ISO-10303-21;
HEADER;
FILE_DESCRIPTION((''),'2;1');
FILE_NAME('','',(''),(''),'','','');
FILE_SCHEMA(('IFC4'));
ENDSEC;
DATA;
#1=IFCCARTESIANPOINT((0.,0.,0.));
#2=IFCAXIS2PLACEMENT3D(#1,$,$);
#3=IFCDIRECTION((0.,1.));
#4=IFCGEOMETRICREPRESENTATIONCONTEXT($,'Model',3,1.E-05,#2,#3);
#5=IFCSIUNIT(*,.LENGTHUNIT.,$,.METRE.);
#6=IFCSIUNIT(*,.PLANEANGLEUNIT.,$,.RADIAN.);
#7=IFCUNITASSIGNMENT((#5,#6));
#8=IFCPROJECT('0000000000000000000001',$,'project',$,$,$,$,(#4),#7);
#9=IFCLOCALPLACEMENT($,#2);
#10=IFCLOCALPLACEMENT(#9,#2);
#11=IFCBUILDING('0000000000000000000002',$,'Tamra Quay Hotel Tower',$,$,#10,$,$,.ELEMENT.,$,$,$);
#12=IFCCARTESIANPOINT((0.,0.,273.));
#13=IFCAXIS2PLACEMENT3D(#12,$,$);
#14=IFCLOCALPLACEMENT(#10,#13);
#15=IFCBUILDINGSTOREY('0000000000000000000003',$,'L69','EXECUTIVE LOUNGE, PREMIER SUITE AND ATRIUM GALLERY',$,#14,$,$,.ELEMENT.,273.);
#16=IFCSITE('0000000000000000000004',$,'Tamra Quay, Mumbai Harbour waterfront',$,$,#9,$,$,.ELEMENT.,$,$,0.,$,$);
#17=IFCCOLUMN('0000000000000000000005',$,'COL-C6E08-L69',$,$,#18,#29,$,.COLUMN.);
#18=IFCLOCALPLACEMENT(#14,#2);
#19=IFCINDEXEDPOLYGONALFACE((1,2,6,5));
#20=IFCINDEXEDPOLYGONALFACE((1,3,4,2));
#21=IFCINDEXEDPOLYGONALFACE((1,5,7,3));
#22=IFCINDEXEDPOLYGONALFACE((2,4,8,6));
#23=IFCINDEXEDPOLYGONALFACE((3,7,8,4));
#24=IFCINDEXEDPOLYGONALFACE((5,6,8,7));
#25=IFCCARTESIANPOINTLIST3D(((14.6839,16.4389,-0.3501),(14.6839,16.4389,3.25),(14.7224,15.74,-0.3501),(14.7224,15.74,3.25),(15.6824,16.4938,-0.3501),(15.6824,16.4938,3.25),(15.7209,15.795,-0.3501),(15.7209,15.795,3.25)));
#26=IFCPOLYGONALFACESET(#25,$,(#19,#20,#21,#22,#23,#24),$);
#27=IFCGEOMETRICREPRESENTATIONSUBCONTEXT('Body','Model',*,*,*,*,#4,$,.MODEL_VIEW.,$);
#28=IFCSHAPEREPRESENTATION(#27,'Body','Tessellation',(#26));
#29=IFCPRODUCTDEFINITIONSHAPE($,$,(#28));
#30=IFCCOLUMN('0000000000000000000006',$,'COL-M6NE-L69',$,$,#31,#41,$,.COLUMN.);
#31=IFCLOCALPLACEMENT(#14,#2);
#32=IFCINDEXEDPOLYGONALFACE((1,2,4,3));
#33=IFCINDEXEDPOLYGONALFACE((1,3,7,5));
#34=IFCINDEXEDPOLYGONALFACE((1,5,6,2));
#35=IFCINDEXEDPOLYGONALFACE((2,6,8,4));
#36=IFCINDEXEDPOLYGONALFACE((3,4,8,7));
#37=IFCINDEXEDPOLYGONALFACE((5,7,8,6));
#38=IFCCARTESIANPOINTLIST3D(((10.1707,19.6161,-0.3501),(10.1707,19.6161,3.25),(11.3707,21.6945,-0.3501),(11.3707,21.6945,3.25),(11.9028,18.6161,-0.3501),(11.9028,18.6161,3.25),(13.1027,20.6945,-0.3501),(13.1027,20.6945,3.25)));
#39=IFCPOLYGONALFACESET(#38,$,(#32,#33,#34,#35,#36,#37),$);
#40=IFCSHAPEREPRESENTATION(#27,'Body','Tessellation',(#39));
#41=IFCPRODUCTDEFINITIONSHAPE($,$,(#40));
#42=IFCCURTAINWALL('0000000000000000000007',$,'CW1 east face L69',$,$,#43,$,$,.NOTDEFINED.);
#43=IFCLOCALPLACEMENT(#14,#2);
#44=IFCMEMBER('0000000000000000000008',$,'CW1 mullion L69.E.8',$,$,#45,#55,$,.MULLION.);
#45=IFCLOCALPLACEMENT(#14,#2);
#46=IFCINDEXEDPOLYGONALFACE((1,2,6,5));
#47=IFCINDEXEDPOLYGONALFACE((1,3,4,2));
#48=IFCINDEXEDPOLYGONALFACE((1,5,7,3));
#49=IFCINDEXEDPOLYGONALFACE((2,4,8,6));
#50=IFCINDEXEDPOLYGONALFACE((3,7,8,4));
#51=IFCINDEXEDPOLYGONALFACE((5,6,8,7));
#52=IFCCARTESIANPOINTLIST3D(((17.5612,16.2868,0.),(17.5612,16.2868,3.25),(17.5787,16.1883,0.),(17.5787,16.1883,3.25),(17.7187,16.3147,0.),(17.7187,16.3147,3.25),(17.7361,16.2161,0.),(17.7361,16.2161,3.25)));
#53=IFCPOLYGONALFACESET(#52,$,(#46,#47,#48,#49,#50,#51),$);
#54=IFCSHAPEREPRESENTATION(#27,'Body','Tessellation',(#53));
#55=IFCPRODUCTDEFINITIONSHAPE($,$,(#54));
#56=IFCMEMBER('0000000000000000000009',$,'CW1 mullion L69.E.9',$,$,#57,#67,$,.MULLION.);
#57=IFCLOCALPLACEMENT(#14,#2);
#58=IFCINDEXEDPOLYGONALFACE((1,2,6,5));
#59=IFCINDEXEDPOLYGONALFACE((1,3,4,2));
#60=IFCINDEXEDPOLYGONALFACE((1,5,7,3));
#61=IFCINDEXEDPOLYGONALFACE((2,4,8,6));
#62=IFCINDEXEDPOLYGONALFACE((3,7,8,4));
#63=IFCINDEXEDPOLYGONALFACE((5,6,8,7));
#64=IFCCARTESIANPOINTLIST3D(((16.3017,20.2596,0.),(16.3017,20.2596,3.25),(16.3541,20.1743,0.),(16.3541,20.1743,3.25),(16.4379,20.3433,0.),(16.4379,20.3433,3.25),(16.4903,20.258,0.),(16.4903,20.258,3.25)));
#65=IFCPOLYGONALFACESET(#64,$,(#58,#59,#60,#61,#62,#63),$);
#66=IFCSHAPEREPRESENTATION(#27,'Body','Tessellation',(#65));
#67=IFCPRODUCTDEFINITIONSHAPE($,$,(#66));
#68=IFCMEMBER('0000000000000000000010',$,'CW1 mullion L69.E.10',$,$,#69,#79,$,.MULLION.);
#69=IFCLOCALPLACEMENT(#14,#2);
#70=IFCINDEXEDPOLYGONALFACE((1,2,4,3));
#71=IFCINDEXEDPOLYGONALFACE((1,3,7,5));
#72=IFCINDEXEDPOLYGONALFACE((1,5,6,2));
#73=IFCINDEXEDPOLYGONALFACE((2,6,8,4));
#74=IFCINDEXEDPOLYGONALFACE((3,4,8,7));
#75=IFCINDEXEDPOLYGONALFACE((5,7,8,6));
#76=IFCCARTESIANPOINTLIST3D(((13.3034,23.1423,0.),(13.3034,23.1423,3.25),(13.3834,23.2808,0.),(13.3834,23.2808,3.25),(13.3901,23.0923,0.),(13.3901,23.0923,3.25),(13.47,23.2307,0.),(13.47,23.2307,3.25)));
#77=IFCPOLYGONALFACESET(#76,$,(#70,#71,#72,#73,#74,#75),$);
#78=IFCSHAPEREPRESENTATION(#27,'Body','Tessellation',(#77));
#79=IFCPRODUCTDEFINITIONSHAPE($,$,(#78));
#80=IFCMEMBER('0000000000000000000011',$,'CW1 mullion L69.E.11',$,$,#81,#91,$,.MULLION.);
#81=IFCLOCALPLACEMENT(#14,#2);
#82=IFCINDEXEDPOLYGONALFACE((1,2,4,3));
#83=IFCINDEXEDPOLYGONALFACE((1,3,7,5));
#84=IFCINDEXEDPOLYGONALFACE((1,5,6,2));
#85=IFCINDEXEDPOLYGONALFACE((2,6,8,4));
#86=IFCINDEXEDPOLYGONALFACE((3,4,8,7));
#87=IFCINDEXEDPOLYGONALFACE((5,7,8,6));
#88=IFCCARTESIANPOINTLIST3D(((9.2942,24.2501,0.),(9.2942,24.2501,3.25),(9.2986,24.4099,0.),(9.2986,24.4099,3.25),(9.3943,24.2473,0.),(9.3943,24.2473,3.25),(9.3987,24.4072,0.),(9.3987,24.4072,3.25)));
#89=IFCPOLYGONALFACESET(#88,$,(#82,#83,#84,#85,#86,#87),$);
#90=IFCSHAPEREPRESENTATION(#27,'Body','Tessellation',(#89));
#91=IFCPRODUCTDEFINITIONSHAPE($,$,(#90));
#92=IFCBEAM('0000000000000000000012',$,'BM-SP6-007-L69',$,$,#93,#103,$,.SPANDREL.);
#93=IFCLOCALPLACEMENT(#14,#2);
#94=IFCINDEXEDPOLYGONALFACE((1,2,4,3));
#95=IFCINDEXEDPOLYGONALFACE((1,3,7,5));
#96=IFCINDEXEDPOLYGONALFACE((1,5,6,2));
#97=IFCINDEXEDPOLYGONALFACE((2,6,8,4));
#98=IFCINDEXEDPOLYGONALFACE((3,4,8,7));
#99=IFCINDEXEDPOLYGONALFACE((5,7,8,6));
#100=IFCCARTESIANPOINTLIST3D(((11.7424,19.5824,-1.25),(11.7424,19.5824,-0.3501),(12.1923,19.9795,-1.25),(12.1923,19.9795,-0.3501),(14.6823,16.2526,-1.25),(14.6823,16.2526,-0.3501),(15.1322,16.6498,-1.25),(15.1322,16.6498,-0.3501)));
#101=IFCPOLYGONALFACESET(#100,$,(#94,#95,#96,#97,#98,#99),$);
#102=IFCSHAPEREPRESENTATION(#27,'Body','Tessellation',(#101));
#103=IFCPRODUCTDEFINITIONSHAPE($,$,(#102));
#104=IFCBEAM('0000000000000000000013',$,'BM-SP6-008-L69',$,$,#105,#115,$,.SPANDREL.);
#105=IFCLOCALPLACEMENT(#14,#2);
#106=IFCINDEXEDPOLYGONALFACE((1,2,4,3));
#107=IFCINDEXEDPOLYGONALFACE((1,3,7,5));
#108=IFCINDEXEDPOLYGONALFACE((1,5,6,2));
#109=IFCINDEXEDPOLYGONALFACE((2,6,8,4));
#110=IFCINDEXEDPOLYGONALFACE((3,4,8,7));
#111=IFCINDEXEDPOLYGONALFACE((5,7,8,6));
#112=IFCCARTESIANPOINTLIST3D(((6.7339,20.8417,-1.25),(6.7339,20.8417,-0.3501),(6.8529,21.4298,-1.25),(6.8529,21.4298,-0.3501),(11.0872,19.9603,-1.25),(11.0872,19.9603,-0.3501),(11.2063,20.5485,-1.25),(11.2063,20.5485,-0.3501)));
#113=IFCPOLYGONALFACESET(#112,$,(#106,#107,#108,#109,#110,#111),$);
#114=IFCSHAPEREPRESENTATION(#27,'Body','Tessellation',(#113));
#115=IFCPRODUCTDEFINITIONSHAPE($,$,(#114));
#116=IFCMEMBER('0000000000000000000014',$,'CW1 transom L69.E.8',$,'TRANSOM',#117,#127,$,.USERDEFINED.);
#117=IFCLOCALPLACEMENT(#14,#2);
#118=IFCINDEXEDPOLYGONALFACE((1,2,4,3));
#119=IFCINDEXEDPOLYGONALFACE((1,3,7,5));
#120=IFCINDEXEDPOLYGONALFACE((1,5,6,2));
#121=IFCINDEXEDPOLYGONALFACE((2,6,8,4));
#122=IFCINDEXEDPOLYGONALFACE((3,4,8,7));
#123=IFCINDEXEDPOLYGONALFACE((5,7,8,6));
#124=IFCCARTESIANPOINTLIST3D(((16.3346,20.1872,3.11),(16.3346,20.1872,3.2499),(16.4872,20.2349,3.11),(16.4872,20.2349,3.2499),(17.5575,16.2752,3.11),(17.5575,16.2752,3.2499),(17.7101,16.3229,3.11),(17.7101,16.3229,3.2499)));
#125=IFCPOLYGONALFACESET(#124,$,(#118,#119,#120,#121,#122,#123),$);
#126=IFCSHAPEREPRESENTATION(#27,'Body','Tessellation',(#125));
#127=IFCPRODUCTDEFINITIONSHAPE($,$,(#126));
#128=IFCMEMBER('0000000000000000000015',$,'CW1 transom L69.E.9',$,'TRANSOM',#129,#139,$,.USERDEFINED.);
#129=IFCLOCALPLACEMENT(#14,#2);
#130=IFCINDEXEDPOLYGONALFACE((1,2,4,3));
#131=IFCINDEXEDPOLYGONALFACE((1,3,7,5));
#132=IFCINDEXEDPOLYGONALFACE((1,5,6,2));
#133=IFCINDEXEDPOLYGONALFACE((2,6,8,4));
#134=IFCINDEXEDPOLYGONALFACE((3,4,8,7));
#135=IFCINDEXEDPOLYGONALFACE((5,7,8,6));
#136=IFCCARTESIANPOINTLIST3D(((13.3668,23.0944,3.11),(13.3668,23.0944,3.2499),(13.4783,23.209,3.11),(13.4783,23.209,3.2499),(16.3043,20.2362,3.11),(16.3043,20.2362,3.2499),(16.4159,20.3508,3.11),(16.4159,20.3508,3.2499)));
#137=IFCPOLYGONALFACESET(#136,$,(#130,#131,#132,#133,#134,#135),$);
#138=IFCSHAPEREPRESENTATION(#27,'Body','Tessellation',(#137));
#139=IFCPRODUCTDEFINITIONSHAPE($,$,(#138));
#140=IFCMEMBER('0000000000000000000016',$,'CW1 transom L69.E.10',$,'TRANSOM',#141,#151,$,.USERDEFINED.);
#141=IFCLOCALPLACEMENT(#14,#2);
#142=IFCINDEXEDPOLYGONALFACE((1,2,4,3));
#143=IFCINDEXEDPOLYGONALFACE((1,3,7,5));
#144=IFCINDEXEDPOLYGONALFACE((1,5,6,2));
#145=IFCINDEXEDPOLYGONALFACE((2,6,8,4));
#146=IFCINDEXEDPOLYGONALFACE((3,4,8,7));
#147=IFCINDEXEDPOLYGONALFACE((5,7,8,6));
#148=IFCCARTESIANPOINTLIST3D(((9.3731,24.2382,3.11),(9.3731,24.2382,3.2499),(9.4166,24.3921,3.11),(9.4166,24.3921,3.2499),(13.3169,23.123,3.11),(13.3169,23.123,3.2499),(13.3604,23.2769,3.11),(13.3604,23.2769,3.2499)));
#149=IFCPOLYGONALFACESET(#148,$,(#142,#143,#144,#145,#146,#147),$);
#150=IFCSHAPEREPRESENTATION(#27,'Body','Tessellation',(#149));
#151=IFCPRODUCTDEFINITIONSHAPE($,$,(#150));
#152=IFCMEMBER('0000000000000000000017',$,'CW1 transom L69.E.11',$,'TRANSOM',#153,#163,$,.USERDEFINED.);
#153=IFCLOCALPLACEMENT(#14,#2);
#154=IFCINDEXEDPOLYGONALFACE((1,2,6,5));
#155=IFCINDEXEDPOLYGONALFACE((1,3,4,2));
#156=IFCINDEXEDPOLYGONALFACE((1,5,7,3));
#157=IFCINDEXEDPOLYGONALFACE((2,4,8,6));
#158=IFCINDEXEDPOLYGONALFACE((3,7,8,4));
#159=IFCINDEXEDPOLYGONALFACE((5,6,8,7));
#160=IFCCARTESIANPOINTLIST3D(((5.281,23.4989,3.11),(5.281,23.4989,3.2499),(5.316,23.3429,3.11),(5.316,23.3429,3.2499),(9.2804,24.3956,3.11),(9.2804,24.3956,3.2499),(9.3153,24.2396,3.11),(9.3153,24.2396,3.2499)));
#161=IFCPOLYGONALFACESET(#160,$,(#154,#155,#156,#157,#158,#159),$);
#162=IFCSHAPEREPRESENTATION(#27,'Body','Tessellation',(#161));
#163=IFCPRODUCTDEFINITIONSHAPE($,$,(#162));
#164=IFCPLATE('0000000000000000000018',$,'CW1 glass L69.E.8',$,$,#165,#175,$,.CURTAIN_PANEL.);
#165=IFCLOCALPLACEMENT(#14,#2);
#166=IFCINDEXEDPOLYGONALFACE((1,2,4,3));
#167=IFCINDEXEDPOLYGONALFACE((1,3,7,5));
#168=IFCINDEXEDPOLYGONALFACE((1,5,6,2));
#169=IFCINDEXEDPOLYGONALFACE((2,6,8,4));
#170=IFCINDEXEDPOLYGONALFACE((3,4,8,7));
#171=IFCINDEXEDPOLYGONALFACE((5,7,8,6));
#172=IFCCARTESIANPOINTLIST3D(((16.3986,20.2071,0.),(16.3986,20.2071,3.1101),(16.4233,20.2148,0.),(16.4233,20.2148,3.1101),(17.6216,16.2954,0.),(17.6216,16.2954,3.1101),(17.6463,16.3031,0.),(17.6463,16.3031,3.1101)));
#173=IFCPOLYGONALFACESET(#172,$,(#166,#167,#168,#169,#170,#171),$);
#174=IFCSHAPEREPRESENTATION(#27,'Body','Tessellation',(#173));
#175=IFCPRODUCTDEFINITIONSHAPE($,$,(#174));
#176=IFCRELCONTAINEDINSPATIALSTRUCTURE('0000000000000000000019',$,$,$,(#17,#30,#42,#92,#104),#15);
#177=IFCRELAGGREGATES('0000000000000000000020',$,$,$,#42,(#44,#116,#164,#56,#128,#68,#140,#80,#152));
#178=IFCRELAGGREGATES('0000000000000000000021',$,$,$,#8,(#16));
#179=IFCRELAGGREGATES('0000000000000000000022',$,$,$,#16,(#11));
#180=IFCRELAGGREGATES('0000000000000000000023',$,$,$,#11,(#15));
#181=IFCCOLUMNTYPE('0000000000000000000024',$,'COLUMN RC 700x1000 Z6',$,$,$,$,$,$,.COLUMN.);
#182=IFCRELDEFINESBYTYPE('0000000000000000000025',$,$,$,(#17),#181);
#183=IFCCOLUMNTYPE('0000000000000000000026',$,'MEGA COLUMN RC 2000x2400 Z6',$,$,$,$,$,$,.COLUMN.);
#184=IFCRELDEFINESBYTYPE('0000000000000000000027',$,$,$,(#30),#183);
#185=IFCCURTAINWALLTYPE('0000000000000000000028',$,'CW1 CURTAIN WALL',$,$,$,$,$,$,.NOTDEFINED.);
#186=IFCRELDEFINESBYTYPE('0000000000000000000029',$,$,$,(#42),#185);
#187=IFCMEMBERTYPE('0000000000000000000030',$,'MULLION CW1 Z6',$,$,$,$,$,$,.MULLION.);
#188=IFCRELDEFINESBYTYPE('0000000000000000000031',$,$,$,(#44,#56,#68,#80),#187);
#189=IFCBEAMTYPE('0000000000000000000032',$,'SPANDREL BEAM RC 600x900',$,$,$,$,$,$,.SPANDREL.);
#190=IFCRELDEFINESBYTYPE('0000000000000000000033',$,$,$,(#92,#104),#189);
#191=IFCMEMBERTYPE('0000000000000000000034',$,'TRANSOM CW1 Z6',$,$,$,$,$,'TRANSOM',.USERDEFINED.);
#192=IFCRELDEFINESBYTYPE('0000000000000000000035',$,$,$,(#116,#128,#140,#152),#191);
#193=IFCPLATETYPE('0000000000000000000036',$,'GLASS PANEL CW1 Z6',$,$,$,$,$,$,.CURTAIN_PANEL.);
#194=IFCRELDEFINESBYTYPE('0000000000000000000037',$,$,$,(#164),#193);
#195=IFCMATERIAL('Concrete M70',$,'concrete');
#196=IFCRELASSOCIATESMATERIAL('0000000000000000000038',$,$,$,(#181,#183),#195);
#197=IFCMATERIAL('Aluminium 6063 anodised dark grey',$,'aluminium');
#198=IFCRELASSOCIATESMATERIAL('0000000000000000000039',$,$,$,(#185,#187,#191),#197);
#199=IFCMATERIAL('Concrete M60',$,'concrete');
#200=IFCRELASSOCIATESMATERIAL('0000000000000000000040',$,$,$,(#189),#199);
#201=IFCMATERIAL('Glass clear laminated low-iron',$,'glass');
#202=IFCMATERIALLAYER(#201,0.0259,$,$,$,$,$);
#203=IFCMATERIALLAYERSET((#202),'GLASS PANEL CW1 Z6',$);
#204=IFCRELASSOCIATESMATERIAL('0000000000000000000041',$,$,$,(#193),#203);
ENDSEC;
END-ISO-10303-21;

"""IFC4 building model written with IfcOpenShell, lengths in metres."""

from ifc_helpers import new_model, si_unit, direction, frame, origin, origin_2d, place, context, subcontext, project, spatial, rectangle, extrude, material, layer, layer_set, material_profile, profile_set, type_object, element, aggregate, save


model = new_model("IFC4")

# Units and contexts
model_context = context("Model", 3, precision=1e-05, world=origin(), true_north=direction((0.0, 1.0)))
body_context = subcontext(model_context, "Body", "Model", "MODEL_VIEW")
ifc_project = project(units=[si_unit("LENGTHUNIT", "METRE"), si_unit("PLANEANGLEUNIT", "RADIAN")], contexts=[model_context])

# Site, building, storey
site_placement = place(None, origin())
site = spatial("IfcSite", under=ifc_project, at=site_placement, Name="Tamra Quay, Mumbai Harbour waterfront", CompositionType="ELEMENT", RefElevation=0.0)
building_placement = place(site_placement, origin())
building = spatial("IfcBuilding", under=site, at=building_placement, Name="Tamra Quay Hotel Tower", CompositionType="ELEMENT")
storey_placement = place(building_placement, frame((0.0, 0.0, 273.0)))
storey = spatial("IfcBuildingStorey", under=building, at=storey_placement, Name="L69", Description="EXECUTIVE LOUNGE, PREMIER SUITE AND ATRIUM GALLERY", CompositionType="ELEMENT", Elevation=273.0)

# Columns
ifc_material_1 = material(Name="Concrete M70", Category="concrete")
ifc_material_profile_1 = material_profile(ifc_material_1, rectangle(XDim=1.0, YDim=0.7, at=origin_2d()), Name="COLUMN RC 700x1000 Z6")
ifc_profile_set_1 = profile_set([ifc_material_profile_1], Name="Concrete M70")
column_type_1 = type_object("IfcColumnType", Name="COLUMN RC 700x1000 Z6", PredefinedType="COLUMN", material=ifc_profile_set_1)
column_1_placement = place(storey_placement, frame((15.2024, 16.1169, -0.3501), z_axis=(0.0, 0.0, 1.0), x_axis=(0.998491, 0.054917, 0.0)))
element("IfcColumn", 1, at=column_1_placement, inside=storey, type_object=column_type_1, Name="COL-C6E08-L69", PredefinedType="COLUMN", context=body_context, shape_type="SweptSolid", body=[
    extrude(rectangle(XDim=1.0, YDim=0.7, at=origin_2d()), origin(), (0.0, 0.0, 1.0), 3.6001),
])
ifc_material_profile_2 = material_profile(ifc_material_1, rectangle(XDim=2.3999, YDim=2.0, at=origin_2d()), Name="MEGA COLUMN RC 2000x2400 Z6")
ifc_profile_set_2 = profile_set([ifc_material_profile_2], Name="Concrete M70")
column_type_2 = type_object("IfcColumnType", Name="MEGA COLUMN RC 2000x2400 Z6", PredefinedType="COLUMN", material=ifc_profile_set_2)
column_2_placement = place(storey_placement, frame((11.6367, 20.1553, -0.3501), z_axis=(0.0, 0.0, 1.0), x_axis=(0.5, 0.866025, 0.0)))
element("IfcColumn", 2, at=column_2_placement, inside=storey, type_object=column_type_2, Name="COL-M6NE-L69", PredefinedType="COLUMN", context=body_context, shape_type="SweptSolid", body=[
    extrude(rectangle(XDim=2.3999, YDim=2.0, at=origin_2d()), origin(), (0.0, 0.0, 1.0), 3.6001),
])

# Curtain wall, members
ifc_material_2 = material(Name="Aluminium 6063 anodised dark grey", Category="aluminium")
curtain_wall_type = type_object("IfcCurtainWallType", Name="CW1 CURTAIN WALL", PredefinedType="NOTDEFINED", material=ifc_material_2)
curtain_wall_placement = place(storey_placement, origin())
curtain_wall = element("IfcCurtainWall", 3, at=curtain_wall_placement, inside=storey, type_object=curtain_wall_type, Name="CW1 east face L69", PredefinedType="NOTDEFINED")
ifc_material_profile_3 = material_profile(ifc_material_2, rectangle(XDim=0.1599, YDim=0.1001, at=origin_2d()), Name="MULLION 100X160")
ifc_profile_set_3 = profile_set([ifc_material_profile_3], Name="Aluminium 6063 anodised dark grey")
member_type_1 = type_object("IfcMemberType", Name="MULLION CW1 Z6", PredefinedType="MULLION", material=ifc_profile_set_3)
member_1_placement = place(storey_placement, frame((17.6487, 16.2515, 0.0), z_axis=(0.0, 0.0, 1.0), x_axis=(0.98474, 0.174032, 0.0)))
member_1 = element("IfcMember", 4, at=member_1_placement, type_object=member_type_1, Name="CW1 mullion L69.E.8", PredefinedType="MULLION", context=body_context, shape_type="SweptSolid", body=[
    extrude(rectangle(XDim=0.1599, YDim=0.1001, at=origin_2d()), origin(), (0.0, 0.0, 1.0), 3.25),
])
member_2_placement = place(storey_placement, frame((16.396, 20.2588, 0.0), z_axis=(0.0, 0.0, 1.0), x_axis=(0.851964, 0.5236, 0.0)))
member_2 = element("IfcMember", 5, at=member_2_placement, type_object=member_type_1, Name="CW1 mullion L69.E.9", PredefinedType="MULLION", context=body_context, shape_type="SweptSolid", body=[
    extrude(rectangle(XDim=0.1599, YDim=0.1001, at=origin_2d()), origin(), (0.0, 0.0, 1.0), 3.25),
])
member_3_placement = place(storey_placement, frame((13.3867, 23.1865, 0.0), z_axis=(0.0, 0.0, 1.0), x_axis=(0.5, 0.866025, 0.0)))
member_3 = element("IfcMember", 6, at=member_3_placement, type_object=member_type_1, Name="CW1 mullion L69.E.10", PredefinedType="MULLION", context=body_context, shape_type="SweptSolid", body=[
    extrude(rectangle(XDim=0.1599, YDim=0.1001, at=origin_2d()), origin(), (0.0, 0.0, 1.0), 3.25),
])
member_4_placement = place(storey_placement, frame((9.3464, 24.3286, 0.0), z_axis=(0.0, 0.0, 1.0), x_axis=(0.027469, 0.999623, 0.0)))
member_4 = element("IfcMember", 7, at=member_4_placement, type_object=member_type_1, Name="CW1 mullion L69.E.11", PredefinedType="MULLION", context=body_context, shape_type="SweptSolid", body=[
    extrude(rectangle(XDim=0.1599, YDim=0.1001, at=origin_2d()), origin(), (0.0, 0.0, 1.0), 3.25),
])

# Beams
ifc_material_3 = material(Name="Concrete M60", Category="concrete")
ifc_material_profile_4 = material_profile(ifc_material_3, rectangle(XDim=0.6001, YDim=0.8999, at=origin_2d()), Name="SPANDREL BEAM RC 600x900")
ifc_profile_set_4 = profile_set([ifc_material_profile_4], Name="Concrete M60")
beam_type = type_object("IfcBeamType", Name="SPANDREL BEAM RC 600x900", PredefinedType="SPANDREL", material=ifc_profile_set_4)
beam_1_placement = place(storey_placement, frame((14.9072, 16.4512, -0.8), z_axis=(-0.661856, 0.749631, 0.0), x_axis=(-0.749631, -0.661856, 0.0)))
element("IfcBeam", 8, at=beam_1_placement, inside=storey, type_object=beam_type, Name="BM-SP6-007-L69", PredefinedType="SPANDREL", context=body_context, shape_type="SweptSolid", body=[
    extrude(rectangle(XDim=0.6001, YDim=0.8999, at=origin_2d()), origin(), (0.0, 0.0, 1.0), 4.4419),
])
beam_2_placement = place(storey_placement, frame((11.1467, 20.2544, -0.8), z_axis=(-0.980115, 0.198431, 0.0), x_axis=(-0.198431, -0.980115, 0.0)))
element("IfcBeam", 9, at=beam_2_placement, inside=storey, type_object=beam_type, Name="BM-SP6-008-L69", PredefinedType="SPANDREL", context=body_context, shape_type="SweptSolid", body=[
    extrude(rectangle(XDim=0.6001, YDim=0.8999, at=origin_2d()), origin(), (0.0, 0.0, 1.0), 4.4417),
])

# Members
ifc_material_profile_5 = material_profile(ifc_material_2, rectangle(XDim=0.1599, YDim=0.1399, at=origin_2d()), Name="TRANSOM 160X140")
ifc_profile_set_5 = profile_set([ifc_material_profile_5], Name="Aluminium 6063 anodised dark grey")
member_type_2 = type_object("IfcMemberType", Name="TRANSOM CW1 Z6", ElementType="TRANSOM", PredefinedType="USERDEFINED", material=ifc_profile_set_5)
member_5_placement = place(storey_placement, frame((17.6338, 16.2991, 3.1799), z_axis=(-0.298373, 0.954449, 0.0), x_axis=(-0.954449, -0.298373, 0.0)))
member_5 = element("IfcMember", 10, at=member_5_placement, type_object=member_type_2, Name="CW1 transom L69.E.8", ObjectType="TRANSOM", PredefinedType="USERDEFINED", context=body_context, shape_type="SweptSolid", body=[
    extrude(rectangle(XDim=0.1599, YDim=0.1399, at=origin_2d()), origin(), (0.0, 0.0, 1.0), 4.0986),
])
member_6_placement = place(storey_placement, frame((16.3601, 20.2935, 3.1799), z_axis=(-0.71672, 0.697361, 0.0), x_axis=(-0.697361, -0.71672, 0.0)))
member_6 = element("IfcMember", 11, at=member_6_placement, type_object=member_type_2, Name="CW1 transom L69.E.9", ObjectType="TRANSOM", PredefinedType="USERDEFINED", context=body_context, shape_type="SweptSolid", body=[
    extrude(rectangle(XDim=0.1599, YDim=0.1399, at=origin_2d()), origin(), (0.0, 0.0, 1.0), 4.0986),
])
member_7_placement = place(storey_placement, frame((13.3386, 23.2, 3.1799), z_axis=(-0.962267, 0.272108, 0.0), x_axis=(-0.272108, -0.962267, 0.0)))
member_7 = element("IfcMember", 12, at=member_7_placement, type_object=member_type_2, Name="CW1 transom L69.E.10", ObjectType="TRANSOM", PredefinedType="USERDEFINED", context=body_context, shape_type="SweptSolid", body=[
    extrude(rectangle(XDim=0.1599, YDim=0.1399, at=origin_2d()), origin(), (0.0, 0.0, 1.0), 4.0984),
])
member_8_placement = place(storey_placement, frame((9.2979, 24.3176, 3.1799), z_axis=(-0.975772, -0.218791, 0.0), x_axis=(0.218791, -0.975772, 0.0)))
member_8 = element("IfcMember", 13, at=member_8_placement, type_object=member_type_2, Name="CW1 transom L69.E.11", ObjectType="TRANSOM", PredefinedType="USERDEFINED", context=body_context, shape_type="SweptSolid", body=[
    extrude(rectangle(XDim=0.1599, YDim=0.1399, at=origin_2d()), origin(), (0.0, 0.0, 1.0), 4.0986),
])

# Plate
ifc_material_4 = material(Name="Glass clear laminated low-iron", Category="glass")
ifc_layer_1 = layer(ifc_material_4, 0.0259)
ifc_layer_set_1 = layer_set([ifc_layer_1], Name="GLASS PANEL CW1 Z6")
plate_type = type_object("IfcPlateType", Name="GLASS PANEL CW1 Z6", PredefinedType="CURTAIN_PANEL", material=ifc_layer_set_1)
plate_1_placement = place(storey_placement, frame((17.0225, 18.2551, 0.0), z_axis=(0.0, 0.0, 1.0), x_axis=(-0.298392, 0.954443, 0.0)))
plate_1 = element("IfcPlate", 14, at=plate_1_placement, type_object=plate_type, Name="CW1 glass L69.E.8", PredefinedType="CURTAIN_PANEL", context=body_context, shape_type="SweptSolid", body=[
    extrude(rectangle(XDim=4.0984, YDim=0.0259, at=origin_2d()), origin(), (0.0, 0.0, 1.0), 3.1101),
])
aggregate(curtain_wall, [member_1, member_5, plate_1, member_2, member_6, member_3, member_7, member_4, member_8])

save(model, "model.ifc")
